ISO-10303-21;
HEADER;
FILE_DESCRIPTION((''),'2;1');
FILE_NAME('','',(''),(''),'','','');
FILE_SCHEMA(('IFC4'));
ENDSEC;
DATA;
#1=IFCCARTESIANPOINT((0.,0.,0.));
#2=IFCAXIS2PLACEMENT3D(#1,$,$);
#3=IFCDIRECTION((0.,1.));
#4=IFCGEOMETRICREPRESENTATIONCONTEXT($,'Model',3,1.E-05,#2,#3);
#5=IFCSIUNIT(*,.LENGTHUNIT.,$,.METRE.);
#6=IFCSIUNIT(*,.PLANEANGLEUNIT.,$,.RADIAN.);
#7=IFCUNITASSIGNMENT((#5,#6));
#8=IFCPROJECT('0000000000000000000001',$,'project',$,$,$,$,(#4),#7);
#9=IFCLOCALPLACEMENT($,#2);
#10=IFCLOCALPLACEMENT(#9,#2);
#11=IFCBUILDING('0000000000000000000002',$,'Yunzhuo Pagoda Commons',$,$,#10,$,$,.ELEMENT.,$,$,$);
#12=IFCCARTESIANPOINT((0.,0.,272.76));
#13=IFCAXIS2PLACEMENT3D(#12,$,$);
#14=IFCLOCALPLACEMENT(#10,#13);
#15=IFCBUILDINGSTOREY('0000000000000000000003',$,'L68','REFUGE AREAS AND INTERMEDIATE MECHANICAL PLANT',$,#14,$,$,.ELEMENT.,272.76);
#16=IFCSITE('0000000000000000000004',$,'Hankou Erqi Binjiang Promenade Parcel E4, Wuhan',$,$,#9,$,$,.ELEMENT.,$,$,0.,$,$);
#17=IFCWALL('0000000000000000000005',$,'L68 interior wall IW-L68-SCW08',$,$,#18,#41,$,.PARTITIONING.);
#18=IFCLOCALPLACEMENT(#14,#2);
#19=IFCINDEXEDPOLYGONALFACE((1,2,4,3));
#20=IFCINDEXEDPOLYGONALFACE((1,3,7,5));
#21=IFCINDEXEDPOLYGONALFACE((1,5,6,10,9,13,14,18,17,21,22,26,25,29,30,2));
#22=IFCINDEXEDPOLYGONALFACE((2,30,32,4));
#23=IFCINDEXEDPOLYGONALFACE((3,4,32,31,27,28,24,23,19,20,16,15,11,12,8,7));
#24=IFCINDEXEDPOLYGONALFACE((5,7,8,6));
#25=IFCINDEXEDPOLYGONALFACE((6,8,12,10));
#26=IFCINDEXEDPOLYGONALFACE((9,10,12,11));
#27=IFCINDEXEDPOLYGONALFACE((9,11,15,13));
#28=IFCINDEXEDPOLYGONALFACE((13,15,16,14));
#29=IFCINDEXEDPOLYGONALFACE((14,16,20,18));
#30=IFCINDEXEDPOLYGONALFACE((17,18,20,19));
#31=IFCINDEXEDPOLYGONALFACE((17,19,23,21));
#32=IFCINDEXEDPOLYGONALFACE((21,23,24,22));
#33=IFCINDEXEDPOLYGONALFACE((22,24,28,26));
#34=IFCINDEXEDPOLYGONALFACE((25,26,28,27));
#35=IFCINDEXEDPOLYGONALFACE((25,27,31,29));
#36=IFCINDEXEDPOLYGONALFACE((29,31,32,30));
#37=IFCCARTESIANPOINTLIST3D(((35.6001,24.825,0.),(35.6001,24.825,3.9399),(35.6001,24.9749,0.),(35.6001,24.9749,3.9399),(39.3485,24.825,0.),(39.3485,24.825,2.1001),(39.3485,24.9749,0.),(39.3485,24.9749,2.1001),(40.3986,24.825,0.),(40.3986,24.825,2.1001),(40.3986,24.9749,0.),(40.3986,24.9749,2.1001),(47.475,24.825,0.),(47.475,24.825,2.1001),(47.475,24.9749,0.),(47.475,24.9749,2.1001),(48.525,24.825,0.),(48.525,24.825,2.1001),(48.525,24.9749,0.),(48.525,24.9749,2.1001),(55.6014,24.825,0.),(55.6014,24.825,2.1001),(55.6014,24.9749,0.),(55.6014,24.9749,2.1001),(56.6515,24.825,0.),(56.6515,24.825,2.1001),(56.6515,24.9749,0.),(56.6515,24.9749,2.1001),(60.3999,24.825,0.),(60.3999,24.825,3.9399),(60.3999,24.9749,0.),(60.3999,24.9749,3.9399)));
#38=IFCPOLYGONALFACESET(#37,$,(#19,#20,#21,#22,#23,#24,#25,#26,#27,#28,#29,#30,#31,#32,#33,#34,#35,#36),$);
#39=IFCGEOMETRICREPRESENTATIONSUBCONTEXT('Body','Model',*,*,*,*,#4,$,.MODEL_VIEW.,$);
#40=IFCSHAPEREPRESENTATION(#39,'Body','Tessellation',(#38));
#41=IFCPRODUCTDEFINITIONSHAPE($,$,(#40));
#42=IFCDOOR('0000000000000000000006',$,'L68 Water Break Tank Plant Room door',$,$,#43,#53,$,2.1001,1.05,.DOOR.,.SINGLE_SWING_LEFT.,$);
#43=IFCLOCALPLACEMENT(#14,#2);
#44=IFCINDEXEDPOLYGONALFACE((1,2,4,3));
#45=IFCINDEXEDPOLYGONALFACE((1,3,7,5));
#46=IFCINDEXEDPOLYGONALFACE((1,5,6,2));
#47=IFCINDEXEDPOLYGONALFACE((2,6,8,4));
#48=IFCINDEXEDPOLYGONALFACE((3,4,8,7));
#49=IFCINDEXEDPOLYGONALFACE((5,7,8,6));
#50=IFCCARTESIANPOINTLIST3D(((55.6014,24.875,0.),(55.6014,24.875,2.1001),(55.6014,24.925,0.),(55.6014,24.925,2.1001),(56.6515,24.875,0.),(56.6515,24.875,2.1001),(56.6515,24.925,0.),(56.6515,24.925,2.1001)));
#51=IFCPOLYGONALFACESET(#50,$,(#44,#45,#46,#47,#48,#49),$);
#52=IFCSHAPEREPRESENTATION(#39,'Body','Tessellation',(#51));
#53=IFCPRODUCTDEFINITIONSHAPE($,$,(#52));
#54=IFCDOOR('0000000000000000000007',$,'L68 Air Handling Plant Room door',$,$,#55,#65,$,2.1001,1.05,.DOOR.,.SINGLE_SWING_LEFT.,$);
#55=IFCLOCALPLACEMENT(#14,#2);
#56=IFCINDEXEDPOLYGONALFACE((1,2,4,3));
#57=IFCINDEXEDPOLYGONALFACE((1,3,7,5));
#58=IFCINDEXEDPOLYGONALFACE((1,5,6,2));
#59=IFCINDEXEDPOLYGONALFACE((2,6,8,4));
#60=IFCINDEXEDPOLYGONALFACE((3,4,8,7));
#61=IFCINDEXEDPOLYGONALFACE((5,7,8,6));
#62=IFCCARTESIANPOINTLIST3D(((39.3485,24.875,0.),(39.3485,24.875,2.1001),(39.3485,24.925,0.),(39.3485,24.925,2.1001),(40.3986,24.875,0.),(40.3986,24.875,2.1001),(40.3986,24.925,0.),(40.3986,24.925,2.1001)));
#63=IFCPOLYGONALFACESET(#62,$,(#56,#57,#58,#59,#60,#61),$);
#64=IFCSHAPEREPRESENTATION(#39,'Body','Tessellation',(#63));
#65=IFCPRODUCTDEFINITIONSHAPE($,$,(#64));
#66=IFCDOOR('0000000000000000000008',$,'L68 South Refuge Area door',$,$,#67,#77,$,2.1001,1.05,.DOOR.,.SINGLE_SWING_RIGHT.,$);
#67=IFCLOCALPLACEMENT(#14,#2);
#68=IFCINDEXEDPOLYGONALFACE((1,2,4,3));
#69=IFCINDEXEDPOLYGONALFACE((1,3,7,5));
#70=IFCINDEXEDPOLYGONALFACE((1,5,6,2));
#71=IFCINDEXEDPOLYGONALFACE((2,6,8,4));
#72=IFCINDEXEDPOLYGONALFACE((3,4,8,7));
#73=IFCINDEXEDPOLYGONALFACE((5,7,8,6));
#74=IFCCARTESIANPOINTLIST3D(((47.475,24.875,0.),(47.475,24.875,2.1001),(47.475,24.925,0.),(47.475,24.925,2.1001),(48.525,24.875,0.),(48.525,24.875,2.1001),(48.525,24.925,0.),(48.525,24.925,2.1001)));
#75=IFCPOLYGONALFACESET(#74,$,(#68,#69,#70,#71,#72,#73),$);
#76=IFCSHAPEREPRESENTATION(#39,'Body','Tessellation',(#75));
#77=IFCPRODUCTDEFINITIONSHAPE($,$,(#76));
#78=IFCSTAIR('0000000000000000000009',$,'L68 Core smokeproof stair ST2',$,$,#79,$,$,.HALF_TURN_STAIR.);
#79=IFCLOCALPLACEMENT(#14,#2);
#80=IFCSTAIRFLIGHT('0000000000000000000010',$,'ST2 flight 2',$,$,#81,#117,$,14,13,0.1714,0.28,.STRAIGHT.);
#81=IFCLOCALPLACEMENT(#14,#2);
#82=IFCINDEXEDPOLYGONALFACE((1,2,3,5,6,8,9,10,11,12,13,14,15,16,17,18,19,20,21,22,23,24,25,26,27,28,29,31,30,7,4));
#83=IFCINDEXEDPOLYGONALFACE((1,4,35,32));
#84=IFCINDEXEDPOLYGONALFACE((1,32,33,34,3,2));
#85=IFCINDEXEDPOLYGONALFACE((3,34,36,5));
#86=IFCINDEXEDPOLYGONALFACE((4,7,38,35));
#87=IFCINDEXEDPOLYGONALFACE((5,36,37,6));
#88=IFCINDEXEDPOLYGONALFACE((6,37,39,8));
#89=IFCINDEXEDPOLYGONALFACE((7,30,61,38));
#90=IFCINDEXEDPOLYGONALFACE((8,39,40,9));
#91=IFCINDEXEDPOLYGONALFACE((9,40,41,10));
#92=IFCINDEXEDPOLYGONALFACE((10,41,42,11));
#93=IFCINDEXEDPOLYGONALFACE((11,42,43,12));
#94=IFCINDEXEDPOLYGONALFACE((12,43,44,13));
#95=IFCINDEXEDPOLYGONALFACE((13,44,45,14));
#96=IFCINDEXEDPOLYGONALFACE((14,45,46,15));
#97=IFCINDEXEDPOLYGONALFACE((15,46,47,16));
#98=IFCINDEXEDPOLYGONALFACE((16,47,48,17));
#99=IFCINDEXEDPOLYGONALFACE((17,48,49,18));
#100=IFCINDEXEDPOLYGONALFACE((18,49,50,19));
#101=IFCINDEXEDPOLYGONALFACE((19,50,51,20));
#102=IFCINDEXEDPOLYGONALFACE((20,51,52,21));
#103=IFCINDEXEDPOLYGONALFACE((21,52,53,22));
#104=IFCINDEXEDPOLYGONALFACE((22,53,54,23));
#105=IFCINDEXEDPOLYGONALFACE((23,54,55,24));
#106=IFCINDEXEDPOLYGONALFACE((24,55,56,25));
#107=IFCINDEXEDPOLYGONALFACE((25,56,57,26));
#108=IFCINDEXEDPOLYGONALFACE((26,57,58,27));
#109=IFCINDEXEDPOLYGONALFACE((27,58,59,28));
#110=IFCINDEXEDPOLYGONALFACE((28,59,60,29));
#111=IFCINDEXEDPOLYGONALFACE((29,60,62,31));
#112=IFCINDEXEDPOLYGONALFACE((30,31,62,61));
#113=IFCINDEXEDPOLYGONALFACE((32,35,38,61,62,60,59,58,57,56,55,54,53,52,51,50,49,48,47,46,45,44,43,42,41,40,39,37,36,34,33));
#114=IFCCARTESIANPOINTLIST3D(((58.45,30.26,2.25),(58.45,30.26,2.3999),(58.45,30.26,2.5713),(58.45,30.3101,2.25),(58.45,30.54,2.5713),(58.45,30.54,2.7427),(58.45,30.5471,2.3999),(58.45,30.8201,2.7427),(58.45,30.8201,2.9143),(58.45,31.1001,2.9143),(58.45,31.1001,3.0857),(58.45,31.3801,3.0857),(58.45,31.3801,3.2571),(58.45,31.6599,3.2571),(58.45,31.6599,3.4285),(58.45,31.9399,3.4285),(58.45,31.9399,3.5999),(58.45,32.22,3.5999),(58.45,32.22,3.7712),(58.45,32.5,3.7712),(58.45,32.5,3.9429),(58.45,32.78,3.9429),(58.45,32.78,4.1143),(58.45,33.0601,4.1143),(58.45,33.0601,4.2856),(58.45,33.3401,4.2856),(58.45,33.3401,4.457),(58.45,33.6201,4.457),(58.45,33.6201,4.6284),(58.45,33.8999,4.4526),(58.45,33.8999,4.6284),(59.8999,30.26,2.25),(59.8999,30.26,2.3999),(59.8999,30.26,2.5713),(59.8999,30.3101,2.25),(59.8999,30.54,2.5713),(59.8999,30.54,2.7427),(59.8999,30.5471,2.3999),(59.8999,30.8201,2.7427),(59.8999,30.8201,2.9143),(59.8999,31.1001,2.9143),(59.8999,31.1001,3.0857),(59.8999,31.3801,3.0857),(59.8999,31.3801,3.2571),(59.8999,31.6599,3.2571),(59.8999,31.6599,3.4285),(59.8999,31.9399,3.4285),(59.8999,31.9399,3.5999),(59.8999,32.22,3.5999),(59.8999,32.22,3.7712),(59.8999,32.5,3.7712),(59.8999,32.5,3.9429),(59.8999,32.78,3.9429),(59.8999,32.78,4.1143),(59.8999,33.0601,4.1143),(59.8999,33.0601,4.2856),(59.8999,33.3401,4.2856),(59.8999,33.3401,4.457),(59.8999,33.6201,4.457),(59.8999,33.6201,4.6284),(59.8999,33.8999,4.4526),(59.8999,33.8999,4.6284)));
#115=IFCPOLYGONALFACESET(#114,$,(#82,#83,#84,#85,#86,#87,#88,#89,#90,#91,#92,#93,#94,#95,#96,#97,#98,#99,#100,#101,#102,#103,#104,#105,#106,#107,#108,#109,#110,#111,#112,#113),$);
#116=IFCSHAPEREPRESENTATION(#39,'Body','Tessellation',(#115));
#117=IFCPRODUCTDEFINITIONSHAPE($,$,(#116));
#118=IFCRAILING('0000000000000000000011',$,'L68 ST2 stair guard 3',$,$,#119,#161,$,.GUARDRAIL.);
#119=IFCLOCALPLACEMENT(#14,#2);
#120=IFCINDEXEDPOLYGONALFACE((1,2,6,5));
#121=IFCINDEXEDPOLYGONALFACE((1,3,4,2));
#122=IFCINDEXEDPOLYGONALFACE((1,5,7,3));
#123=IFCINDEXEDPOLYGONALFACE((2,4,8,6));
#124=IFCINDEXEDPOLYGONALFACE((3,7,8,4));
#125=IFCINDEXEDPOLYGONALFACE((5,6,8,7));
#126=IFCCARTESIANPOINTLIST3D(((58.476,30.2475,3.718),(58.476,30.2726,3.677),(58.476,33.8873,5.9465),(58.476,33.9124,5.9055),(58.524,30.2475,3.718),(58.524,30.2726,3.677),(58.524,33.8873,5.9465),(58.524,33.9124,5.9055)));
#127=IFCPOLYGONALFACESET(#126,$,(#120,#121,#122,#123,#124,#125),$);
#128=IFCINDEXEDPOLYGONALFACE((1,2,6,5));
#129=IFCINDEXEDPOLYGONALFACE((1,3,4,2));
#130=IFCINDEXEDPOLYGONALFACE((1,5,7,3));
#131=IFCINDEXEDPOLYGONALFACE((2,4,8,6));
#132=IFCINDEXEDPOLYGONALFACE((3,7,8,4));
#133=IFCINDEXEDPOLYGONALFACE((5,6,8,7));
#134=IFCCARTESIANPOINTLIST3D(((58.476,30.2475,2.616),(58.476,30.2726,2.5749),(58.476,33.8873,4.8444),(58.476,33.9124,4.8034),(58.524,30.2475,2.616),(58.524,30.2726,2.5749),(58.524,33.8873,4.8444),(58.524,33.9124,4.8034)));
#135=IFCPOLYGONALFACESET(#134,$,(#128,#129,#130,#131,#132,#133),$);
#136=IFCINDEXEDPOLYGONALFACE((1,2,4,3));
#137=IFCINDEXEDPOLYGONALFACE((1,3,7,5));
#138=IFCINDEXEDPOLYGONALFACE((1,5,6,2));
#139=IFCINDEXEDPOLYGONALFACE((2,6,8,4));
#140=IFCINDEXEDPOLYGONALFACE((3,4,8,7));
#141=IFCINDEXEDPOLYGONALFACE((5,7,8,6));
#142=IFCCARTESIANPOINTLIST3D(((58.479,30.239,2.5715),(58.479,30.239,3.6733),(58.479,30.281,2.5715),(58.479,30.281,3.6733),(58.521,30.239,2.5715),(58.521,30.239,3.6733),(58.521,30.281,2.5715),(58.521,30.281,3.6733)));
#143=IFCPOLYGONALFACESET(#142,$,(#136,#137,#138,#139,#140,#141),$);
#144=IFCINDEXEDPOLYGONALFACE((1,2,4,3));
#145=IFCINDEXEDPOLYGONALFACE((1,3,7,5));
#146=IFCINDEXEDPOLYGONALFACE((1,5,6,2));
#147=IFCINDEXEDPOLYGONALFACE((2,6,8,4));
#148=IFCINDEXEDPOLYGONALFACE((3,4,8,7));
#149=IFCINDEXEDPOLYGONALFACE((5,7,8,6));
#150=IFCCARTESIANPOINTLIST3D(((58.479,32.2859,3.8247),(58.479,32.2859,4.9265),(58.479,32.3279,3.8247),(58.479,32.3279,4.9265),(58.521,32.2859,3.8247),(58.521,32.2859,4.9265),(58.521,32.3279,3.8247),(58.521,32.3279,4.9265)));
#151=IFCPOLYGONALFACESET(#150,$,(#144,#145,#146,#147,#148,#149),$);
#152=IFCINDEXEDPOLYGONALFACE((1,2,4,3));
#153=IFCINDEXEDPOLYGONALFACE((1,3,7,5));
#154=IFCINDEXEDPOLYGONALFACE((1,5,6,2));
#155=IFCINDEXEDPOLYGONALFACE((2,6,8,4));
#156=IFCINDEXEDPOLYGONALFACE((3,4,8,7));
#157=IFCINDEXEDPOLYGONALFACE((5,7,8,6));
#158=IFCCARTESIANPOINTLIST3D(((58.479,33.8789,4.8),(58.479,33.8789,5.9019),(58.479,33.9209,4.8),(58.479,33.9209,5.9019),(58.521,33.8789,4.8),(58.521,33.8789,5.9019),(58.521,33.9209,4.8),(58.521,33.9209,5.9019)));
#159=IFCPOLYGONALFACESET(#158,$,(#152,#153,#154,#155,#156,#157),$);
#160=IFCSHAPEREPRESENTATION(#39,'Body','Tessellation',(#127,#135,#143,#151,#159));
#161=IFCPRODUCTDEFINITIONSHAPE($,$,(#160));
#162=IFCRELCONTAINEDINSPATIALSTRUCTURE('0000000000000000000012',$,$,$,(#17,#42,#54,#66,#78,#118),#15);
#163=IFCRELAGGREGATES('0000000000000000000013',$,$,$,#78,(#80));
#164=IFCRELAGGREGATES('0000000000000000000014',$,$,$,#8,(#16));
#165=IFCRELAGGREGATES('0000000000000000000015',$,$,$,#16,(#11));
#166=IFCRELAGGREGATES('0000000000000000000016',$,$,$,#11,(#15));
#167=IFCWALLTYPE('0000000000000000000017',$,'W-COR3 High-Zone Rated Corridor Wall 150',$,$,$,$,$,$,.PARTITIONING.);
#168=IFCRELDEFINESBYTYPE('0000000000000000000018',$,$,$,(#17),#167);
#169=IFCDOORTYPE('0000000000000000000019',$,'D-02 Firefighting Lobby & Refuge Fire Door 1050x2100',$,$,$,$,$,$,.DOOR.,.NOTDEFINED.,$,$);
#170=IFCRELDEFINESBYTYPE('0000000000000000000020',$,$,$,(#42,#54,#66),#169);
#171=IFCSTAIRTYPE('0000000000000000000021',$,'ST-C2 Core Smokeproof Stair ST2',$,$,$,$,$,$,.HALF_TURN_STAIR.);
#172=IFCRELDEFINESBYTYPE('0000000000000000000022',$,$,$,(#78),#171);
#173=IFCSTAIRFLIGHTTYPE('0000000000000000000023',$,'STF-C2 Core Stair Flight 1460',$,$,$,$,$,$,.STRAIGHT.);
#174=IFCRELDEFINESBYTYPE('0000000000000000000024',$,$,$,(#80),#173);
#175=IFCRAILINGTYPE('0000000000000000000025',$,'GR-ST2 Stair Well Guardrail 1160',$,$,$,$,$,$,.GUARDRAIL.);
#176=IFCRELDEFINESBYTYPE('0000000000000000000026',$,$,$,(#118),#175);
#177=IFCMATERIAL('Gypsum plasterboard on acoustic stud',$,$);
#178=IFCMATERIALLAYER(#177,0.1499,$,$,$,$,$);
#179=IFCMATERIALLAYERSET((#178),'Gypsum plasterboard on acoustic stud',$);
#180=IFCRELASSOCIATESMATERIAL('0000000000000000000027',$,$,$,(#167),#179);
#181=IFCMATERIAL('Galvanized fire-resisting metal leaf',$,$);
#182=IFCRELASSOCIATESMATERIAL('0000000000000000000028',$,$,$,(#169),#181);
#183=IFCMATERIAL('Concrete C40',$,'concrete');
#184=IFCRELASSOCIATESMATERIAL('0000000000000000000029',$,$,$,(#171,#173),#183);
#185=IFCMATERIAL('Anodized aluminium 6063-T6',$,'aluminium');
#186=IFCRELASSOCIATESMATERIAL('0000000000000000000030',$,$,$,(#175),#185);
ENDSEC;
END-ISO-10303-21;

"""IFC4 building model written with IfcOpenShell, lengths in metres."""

from ifc_helpers import new_model, si_unit, direction, frame, frame_2d, origin, origin_with_axes, origin_2d, place, context, subcontext, project, spatial, polyline, rectangle, outline, extrude, source, transform, mapped, material, layer, layer_set, type_object, element, fill, aggregate, save


model = new_model("IFC4")

# Units and contexts
model_context = context("Model", 3, precision=1e-05, world=origin(), true_north=direction((0.0, 1.0)))
body_context = subcontext(model_context, "Body", "Model", "MODEL_VIEW")
ifc_project = project(units=[si_unit("LENGTHUNIT", "METRE"), si_unit("PLANEANGLEUNIT", "RADIAN")], contexts=[model_context])

# Site, building, storey
site_placement = place(None, origin())
site = spatial("IfcSite", under=ifc_project, at=site_placement, Name="Hankou Erqi Binjiang Promenade Parcel E4, Wuhan", CompositionType="ELEMENT", RefElevation=0.0)
building_placement = place(site_placement, origin())
building = spatial("IfcBuilding", under=site, at=building_placement, Name="Yunzhuo Pagoda Commons", CompositionType="ELEMENT")
storey_placement = place(building_placement, frame((0.0, 0.0, 272.76)))
storey = spatial("IfcBuildingStorey", under=building, at=storey_placement, Name="L68", Description="REFUGE AREAS AND INTERMEDIATE MECHANICAL PLANT", CompositionType="ELEMENT", Elevation=272.76)

# Shared definitions
ifc_material_1 = material(Name="Gypsum plasterboard on acoustic stud")
ifc_layer_1 = layer(ifc_material_1, 0.1499)
ifc_layer_set_1 = layer_set([ifc_layer_1], Name="Gypsum plasterboard on acoustic stud")
wall_type_1 = type_object("IfcWallType", Name="W-COR3 High-Zone Rated Corridor Wall 150", PredefinedType="PARTITIONING", material=ifc_layer_set_1)

# Wall, openings, doors
wall_1_placement = place(storey_placement, frame((60.3999, 24.8999, 0.0), z_axis=(0.0, 0.0, 1.0), x_axis=(-1.0, 0.0, 0.0)))
wall_1 = element("IfcWall", 1, at=wall_1_placement, inside=storey, type_object=wall_type_1, Name="L68 interior wall IW-L68-SCW08", PredefinedType="PARTITIONING", context=body_context, shape_type="SweptSolid", body=[
    extrude(rectangle(XDim=24.7998, YDim=0.1499, at=frame_2d((12.3999, 0.0))), origin(), (0.0, 0.0, 1.0), 3.9399),
])
opening_1_placement = place(wall_1_placement, frame((3.7485, 0.0, 0.0)))
opening_1 = element("IfcOpeningElement", 2, at=opening_1_placement, cuts=wall_1, PredefinedType="OPENING", context=body_context, shape_type="SweptSolid", body=[
    extrude(rectangle(XDim=1.05, YDim=2.1001, at=frame_2d((0.5249, 1.05))), frame((0.0, 0.085, 0.0), z_axis=(0.0, -1.0, 0.0), x_axis=(1.0, 0.0, 0.0)), (0.0, 0.0, 1.0), 0.1699),
])
opening_2_placement = place(wall_1_placement, frame((20.0015, 0.0, 0.0)))
opening_2 = element("IfcOpeningElement", 3, at=opening_2_placement, cuts=wall_1, PredefinedType="OPENING", context=body_context, shape_type="SweptSolid", body=[
    extrude(rectangle(XDim=1.05, YDim=2.1001, at=frame_2d((0.5249, 1.05))), frame((0.0, 0.085, 0.0), z_axis=(0.0, -1.0, 0.0), x_axis=(1.0, 0.0, 0.0)), (0.0, 0.0, 1.0), 0.1699),
])
opening_3_placement = place(wall_1_placement, frame((11.875, 0.0, 0.0)))
opening_3 = element("IfcOpeningElement", 4, at=opening_3_placement, cuts=wall_1, PredefinedType="OPENING", context=body_context, shape_type="SweptSolid", body=[
    extrude(rectangle(XDim=1.05, YDim=2.1001, at=frame_2d((0.5249, 1.05))), frame((0.0, 0.085, 0.0), z_axis=(0.0, -1.0, 0.0), x_axis=(1.0, 0.0, 0.0)), (0.0, 0.0, 1.0), 0.1699),
])
ifc_material_2 = material(Name="Galvanized fire-resisting metal leaf")
door_type = type_object("IfcDoorType", Name="D-02 Firefighting Lobby & Refuge Fire Door 1050x2100", OperationType="NOTDEFINED", PredefinedType="DOOR", material=ifc_material_2)
shared_shape_1 = source(origin(), body_context, "Body", "SweptSolid", [
    extrude(rectangle(XDim=1.05, YDim=2.1001, at=frame_2d((0.5249, 1.05))), frame((0.0, 0.0249, 0.0), z_axis=(0.0, -1.0, 0.0), x_axis=(1.0, 0.0, 0.0)), (0.0, 0.0, 1.0), 0.05),
])
door_1_placement = place(opening_1_placement, origin_with_axes())
door_1 = element("IfcDoor", 5, at=door_1_placement, inside=storey, type_object=door_type, Name="L68 Water Break Tank Plant Room door", OperationType="SINGLE_SWING_LEFT", OverallHeight=2.1001, OverallWidth=1.05, PredefinedType="DOOR", context=body_context, shape_type="MappedRepresentation", body=[
    mapped(shared_shape_1, transform((0.0, 0.0, 0.0), scale=1.0)),
])
fill(opening_1, door_1)
door_2_placement = place(opening_2_placement, origin_with_axes())
door_2 = element("IfcDoor", 6, at=door_2_placement, inside=storey, type_object=door_type, Name="L68 Air Handling Plant Room door", OperationType="SINGLE_SWING_LEFT", OverallHeight=2.1001, OverallWidth=1.05, PredefinedType="DOOR", context=body_context, shape_type="MappedRepresentation", body=[
    mapped(shared_shape_1, transform((0.0, 0.0, 0.0), scale=1.0)),
])
fill(opening_2, door_2)
door_3_placement = place(opening_3_placement, origin_with_axes())
door_3 = element("IfcDoor", 7, at=door_3_placement, inside=storey, type_object=door_type, Name="L68 South Refuge Area door", OperationType="SINGLE_SWING_RIGHT", OverallHeight=2.1001, OverallWidth=1.05, PredefinedType="DOOR", context=body_context, shape_type="MappedRepresentation", body=[
    mapped(shared_shape_1, transform((0.0, 0.0, 0.0), scale=1.0)),
])
fill(opening_3, door_3)

# Stair, stair flight
ifc_material_3 = material(Name="Concrete C40", Category="concrete")
stair_type = type_object("IfcStairType", Name="ST-C2 Core Smokeproof Stair ST2", PredefinedType="HALF_TURN_STAIR", material=ifc_material_3)
stair_placement = place(storey_placement, origin())
stair = element("IfcStair", 8, at=stair_placement, inside=storey, type_object=stair_type, Name="L68 Core smokeproof stair ST2", PredefinedType="HALF_TURN_STAIR")
stair_flight_type = type_object("IfcStairFlightType", Name="STF-C2 Core Stair Flight 1460", PredefinedType="STRAIGHT", material=ifc_material_3)
shared_shape_2 = source(origin(), body_context, "Body", "SweptSolid", [
    extrude(outline(polyline([(0.0, -0.1499), (0.0, 0.0), (0.0, 0.1714), (0.28, 0.1714), (0.28, 0.3428), (0.5601, 0.3428), (0.5601, 0.5144), (0.8401, 0.5144), (0.8401, 0.6858), (1.1201, 0.6858), (1.1201, 0.8572), (1.3999, 0.8572), (1.3999, 1.0286), (1.6799, 1.0286), (1.6799, 1.2), (1.96, 1.2), (1.96, 1.3713), (2.24, 1.3713), (2.24, 1.543), (2.52, 1.543), (2.52, 1.7144), (2.8, 1.7144), (2.8, 1.8857), (3.0801, 1.8857), (3.0801, 2.0571), (3.3601, 2.0571), (3.3601, 2.2285), (3.6399, 2.2285), (3.6399, 2.3999), (3.6399, 2.0527), (0.2871, 0.0), (0.05, -0.1499), (0.0, -0.1499)])), frame((0.0, 0.7251, 0.0), z_axis=(0.0, -1.0, 0.0), x_axis=(1.0, 0.0, 0.0)), (0.0, 0.0, 1.0), 1.45),
])
stair_flight_placement = place(storey_placement, frame((59.175, 30.26, 2.3999), z_axis=(0.0, 0.0, 1.0), x_axis=(0.0, 1.0, 0.0)))
stair_flight = element("IfcStairFlight", 9, at=stair_flight_placement, type_object=stair_flight_type, Name="ST2 flight 2", NumberOfRisers=14, NumberOfTreads=13, PredefinedType="STRAIGHT", RiserHeight=0.1714, TreadLength=0.28, context=body_context, shape_type="MappedRepresentation", body=[
    mapped(shared_shape_2, transform((0.0, 0.0, 0.0), scale=1.0)),
])
aggregate(stair, [stair_flight])

# Railing
ifc_material_4 = material(Name="Anodized aluminium 6063-T6", Category="aluminium")
railing_type_1 = type_object("IfcRailingType", Name="GR-ST2 Stair Well Guardrail 1160", PredefinedType="GUARDRAIL", material=ifc_material_4)
railing_1_placement = place(storey_placement, frame((58.5, 30.26, 2.5715)))
element("IfcRailing", 10, at=railing_1_placement, inside=storey, type_object=railing_type_1, Name="L68 ST2 stair guard 3", PredefinedType="GUARDRAIL", context=body_context, shape_type="SweptSolid", body=[
    extrude(rectangle(XDim=0.0481, YDim=0.0481, at=origin_2d()), frame((0.0, 0.0, 1.126), z_axis=(0.0, 0.85285, 0.522156), x_axis=(-1.0, 0.0, 0.0)), (0.0, 0.0, 1.0), 4.2678),
    extrude(rectangle(XDim=0.0481, YDim=0.0481, at=origin_2d()), frame((0.0, 0.0, 0.0239), z_axis=(0.0, 0.85285, 0.522156), x_axis=(-1.0, 0.0, 0.0)), (0.0, 0.0, 1.0), 4.2678),
    extrude(rectangle(XDim=0.042, YDim=0.042, at=origin_2d()), origin(), (0.0, 0.0, 1.0), 1.1018),
    extrude(rectangle(XDim=0.042, YDim=0.042, at=origin_2d()), frame((0.0, 2.0469, 1.2532)), (0.0, 0.0, 1.0), 1.1018),
    extrude(rectangle(XDim=0.042, YDim=0.042, at=origin_2d()), frame((0.0, 3.6399, 2.2285)), (0.0, 0.0, 1.0), 1.1018),
])

save(model, "model.ifc")
